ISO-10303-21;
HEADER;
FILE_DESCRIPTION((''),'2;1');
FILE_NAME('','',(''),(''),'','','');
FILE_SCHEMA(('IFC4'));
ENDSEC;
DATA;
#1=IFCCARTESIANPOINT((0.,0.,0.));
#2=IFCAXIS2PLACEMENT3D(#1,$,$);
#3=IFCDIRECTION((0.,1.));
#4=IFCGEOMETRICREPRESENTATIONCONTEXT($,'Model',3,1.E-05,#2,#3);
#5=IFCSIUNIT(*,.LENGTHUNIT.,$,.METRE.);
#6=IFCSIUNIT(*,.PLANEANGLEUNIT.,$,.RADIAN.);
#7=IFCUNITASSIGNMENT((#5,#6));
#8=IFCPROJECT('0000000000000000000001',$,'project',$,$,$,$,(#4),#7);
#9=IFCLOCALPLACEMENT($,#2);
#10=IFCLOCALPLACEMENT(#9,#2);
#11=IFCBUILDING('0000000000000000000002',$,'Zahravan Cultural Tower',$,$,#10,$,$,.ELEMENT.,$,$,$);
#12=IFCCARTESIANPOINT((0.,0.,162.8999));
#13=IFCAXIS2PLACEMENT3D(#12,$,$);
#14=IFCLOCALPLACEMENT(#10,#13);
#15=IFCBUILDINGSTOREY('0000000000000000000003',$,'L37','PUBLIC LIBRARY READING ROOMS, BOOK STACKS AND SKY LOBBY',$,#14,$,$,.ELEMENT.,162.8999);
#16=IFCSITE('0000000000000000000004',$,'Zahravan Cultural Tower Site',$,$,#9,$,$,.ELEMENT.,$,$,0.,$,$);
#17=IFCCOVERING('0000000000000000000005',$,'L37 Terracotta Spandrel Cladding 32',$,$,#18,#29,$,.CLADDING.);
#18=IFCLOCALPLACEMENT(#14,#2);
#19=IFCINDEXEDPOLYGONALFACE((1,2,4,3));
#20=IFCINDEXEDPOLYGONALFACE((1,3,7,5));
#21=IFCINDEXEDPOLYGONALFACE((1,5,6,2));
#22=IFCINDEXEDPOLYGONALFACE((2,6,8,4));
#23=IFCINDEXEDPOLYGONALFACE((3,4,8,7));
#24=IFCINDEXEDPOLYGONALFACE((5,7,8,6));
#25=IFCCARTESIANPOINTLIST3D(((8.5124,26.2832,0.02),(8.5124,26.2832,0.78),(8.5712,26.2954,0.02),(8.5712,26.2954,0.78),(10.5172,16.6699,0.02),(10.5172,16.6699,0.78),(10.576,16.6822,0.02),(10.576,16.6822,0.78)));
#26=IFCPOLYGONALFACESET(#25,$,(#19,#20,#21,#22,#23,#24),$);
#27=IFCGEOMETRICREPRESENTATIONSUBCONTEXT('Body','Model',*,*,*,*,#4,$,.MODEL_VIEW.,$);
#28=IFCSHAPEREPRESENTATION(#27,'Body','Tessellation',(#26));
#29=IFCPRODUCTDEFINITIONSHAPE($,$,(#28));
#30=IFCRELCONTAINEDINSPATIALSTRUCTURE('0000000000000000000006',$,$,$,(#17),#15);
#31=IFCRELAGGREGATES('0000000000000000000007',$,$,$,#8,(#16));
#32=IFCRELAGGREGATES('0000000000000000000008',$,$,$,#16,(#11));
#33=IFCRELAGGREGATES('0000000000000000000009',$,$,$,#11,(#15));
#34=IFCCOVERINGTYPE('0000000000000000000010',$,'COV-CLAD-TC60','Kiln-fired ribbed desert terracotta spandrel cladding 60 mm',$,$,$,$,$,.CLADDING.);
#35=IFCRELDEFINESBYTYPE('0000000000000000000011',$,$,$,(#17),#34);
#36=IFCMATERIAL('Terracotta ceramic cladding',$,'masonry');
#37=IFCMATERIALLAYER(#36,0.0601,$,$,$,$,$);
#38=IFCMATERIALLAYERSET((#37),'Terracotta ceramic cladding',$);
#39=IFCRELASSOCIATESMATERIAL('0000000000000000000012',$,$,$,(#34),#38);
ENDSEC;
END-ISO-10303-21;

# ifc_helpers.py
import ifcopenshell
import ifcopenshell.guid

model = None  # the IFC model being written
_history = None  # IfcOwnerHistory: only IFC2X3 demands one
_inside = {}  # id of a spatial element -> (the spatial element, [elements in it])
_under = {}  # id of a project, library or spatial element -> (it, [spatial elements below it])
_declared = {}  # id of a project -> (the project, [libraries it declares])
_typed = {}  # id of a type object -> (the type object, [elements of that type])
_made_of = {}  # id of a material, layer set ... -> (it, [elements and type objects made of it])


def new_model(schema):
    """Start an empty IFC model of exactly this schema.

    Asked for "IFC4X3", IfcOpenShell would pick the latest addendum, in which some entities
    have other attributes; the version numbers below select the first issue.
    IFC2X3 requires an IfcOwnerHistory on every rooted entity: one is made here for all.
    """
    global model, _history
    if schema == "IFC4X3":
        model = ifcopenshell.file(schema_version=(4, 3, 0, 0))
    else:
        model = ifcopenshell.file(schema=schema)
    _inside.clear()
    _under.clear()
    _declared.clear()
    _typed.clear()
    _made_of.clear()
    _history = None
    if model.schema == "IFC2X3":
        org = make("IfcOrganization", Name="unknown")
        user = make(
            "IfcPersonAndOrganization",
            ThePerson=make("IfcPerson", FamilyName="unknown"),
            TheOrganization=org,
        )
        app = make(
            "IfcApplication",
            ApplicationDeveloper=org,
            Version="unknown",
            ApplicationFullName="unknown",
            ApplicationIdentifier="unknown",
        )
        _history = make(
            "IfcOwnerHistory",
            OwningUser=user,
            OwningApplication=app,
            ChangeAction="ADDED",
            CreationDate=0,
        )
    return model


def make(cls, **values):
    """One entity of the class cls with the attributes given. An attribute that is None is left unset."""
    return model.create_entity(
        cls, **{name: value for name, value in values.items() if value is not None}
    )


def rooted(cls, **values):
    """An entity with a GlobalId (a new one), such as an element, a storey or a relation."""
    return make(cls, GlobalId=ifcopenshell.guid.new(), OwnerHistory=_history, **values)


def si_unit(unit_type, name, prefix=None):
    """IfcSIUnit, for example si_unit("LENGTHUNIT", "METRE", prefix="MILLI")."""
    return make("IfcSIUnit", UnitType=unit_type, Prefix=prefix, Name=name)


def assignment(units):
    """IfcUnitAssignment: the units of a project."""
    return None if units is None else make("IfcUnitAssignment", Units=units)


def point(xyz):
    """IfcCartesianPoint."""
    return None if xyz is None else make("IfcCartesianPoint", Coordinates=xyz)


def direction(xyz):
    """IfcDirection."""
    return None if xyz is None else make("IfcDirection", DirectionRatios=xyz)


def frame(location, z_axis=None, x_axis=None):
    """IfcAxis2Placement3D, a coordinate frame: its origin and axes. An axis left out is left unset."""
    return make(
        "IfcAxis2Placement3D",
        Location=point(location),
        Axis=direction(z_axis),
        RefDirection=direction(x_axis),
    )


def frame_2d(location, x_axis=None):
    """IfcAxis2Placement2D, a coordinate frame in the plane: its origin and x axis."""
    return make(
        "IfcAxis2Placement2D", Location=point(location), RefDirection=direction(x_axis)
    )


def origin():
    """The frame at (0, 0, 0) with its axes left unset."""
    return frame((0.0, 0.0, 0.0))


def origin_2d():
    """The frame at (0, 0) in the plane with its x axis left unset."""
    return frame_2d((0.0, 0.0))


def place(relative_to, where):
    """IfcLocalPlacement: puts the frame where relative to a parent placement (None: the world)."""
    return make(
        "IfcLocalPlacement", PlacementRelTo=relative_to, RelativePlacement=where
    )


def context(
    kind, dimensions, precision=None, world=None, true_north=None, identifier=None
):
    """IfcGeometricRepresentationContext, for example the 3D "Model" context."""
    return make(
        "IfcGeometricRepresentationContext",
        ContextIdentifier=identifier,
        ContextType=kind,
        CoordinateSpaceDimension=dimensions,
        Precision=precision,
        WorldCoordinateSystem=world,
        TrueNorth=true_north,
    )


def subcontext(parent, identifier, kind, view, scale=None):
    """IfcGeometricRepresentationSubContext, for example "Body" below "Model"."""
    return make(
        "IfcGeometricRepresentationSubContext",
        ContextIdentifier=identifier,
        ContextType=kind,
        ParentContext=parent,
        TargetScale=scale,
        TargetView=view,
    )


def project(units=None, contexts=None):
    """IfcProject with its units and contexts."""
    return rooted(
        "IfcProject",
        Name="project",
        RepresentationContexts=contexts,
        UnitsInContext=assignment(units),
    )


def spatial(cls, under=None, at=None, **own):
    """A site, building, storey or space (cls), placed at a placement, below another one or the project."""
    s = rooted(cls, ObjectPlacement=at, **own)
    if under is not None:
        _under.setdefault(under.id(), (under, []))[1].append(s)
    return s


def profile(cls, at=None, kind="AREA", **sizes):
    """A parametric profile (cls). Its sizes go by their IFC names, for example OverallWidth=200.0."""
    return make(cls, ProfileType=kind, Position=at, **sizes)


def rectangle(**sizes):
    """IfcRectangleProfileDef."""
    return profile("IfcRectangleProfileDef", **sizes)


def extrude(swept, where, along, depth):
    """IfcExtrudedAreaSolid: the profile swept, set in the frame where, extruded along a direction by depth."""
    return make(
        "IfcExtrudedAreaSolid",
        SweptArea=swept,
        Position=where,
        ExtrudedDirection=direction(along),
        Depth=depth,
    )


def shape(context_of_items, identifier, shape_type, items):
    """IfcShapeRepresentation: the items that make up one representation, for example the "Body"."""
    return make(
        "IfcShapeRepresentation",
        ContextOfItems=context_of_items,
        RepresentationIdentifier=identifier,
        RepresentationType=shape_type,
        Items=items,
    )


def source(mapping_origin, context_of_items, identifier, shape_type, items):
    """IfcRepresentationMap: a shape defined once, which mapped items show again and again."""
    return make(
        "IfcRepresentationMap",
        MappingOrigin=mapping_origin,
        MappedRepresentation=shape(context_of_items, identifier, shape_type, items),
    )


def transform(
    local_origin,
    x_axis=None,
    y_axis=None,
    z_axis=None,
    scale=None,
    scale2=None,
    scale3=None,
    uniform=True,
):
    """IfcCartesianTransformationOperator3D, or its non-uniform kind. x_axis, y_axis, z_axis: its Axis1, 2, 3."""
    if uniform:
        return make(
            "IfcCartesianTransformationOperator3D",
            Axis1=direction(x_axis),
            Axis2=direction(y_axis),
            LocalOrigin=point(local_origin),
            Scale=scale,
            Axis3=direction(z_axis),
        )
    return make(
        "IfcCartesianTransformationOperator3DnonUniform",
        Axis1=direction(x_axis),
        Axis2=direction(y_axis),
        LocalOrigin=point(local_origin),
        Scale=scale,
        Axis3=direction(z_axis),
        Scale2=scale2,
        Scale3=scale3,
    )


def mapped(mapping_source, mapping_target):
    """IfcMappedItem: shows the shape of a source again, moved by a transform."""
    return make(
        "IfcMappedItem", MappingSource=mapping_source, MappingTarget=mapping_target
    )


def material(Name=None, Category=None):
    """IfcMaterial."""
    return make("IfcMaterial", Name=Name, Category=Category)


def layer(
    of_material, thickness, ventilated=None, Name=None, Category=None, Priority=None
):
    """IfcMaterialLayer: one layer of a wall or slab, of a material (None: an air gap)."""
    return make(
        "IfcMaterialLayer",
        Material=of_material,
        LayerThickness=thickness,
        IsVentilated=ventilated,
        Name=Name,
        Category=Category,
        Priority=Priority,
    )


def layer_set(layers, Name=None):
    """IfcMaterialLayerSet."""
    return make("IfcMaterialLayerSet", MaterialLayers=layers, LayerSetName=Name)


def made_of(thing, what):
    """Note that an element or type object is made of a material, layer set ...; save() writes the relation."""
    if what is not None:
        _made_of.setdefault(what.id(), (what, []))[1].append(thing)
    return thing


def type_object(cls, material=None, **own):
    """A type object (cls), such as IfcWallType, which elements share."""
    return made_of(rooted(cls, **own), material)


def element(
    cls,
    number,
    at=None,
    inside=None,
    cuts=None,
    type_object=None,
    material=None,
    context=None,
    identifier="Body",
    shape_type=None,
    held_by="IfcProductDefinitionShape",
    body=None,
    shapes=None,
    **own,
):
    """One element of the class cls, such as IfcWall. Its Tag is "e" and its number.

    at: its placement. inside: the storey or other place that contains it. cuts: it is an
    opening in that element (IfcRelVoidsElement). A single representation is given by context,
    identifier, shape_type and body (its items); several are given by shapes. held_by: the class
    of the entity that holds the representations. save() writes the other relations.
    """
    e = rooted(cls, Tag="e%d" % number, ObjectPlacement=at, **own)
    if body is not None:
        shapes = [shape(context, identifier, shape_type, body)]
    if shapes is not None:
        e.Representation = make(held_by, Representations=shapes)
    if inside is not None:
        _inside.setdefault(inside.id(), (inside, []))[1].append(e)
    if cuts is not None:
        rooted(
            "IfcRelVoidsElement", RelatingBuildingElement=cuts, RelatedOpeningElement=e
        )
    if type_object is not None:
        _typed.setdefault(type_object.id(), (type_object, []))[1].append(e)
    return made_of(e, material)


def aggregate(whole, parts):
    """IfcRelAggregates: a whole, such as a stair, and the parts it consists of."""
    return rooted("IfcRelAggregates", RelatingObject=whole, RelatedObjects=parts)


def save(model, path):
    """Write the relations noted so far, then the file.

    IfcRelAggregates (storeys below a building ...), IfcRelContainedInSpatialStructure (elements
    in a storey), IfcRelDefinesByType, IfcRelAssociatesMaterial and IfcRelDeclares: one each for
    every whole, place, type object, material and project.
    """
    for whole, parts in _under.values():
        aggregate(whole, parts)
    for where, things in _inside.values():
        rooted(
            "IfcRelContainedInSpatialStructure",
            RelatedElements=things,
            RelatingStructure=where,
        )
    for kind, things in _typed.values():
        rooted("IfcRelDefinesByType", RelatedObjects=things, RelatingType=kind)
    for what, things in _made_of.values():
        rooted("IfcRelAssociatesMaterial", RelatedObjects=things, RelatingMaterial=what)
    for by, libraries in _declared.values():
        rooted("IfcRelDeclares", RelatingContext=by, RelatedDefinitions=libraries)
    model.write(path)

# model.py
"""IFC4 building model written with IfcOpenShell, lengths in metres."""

from ifc_helpers import new_model, si_unit, direction, frame, origin, origin_2d, place, context, subcontext, project, spatial, rectangle, extrude, source, transform, mapped, material, layer, layer_set, type_object, element, save


model = new_model("IFC4")

# Units and contexts
model_context = context("Model", 3, precision=1e-05, world=origin(), true_north=direction((0.0, 1.0)))
body_context = subcontext(model_context, "Body", "Model", "MODEL_VIEW")
ifc_project = project(units=[si_unit("LENGTHUNIT", "METRE"), si_unit("PLANEANGLEUNIT", "RADIAN")], contexts=[model_context])

# Site, building, storey
site_placement = place(None, origin())
site = spatial("IfcSite", under=ifc_project, at=site_placement, Name="Zahravan Cultural Tower Site", CompositionType="ELEMENT", RefElevation=0.0)
building_placement = place(site_placement, origin())
building = spatial("IfcBuilding", under=site, at=building_placement, Name="Zahravan Cultural Tower", CompositionType="ELEMENT")
storey_placement = place(building_placement, frame((0.0, 0.0, 162.8999)))
storey = spatial("IfcBuildingStorey", under=building, at=storey_placement, Name="L37", Description="PUBLIC LIBRARY READING ROOMS, BOOK STACKS AND SKY LOBBY", CompositionType="ELEMENT", Elevation=162.8999)

# Covering
ifc_material_1 = material(Name="Terracotta ceramic cladding", Category="masonry")
ifc_layer_1 = layer(ifc_material_1, 0.0601)
ifc_layer_set_1 = layer_set([ifc_layer_1], Name="Terracotta ceramic cladding")
covering_type = type_object("IfcCoveringType", Name="COV-CLAD-TC60", Description="Kiln-fired ribbed desert terracotta spandrel cladding 60 mm", PredefinedType="CLADDING", material=ifc_layer_set_1)
shared_shape_1 = source(origin(), body_context, "Body", "SweptSolid", [
    extrude(rectangle(XDim=9.8201, YDim=0.0601, at=origin_2d()), origin(), (0.0, 0.0, 1.0), 0.76),
])
covering_placement = place(storey_placement, frame((9.5442, 21.4827, 0.02), z_axis=(0.0, 0.0, 1.0), x_axis=(-0.204154, 0.978939, 0.0)))
element("IfcCovering", 1, at=covering_placement, inside=storey, type_object=covering_type, Name="L37 Terracotta Spandrel Cladding 32", PredefinedType="CLADDING", context=body_context, shape_type="MappedRepresentation", body=[
    mapped(shared_shape_1, transform((0.0, 0.0, 0.0), x_axis=(1.0, 0.0, 0.0), y_axis=(0.0, 1.0, 0.0), z_axis=(0.0, 0.0, 1.0), scale=1.0)),
])

save(model, "model.ifc")
